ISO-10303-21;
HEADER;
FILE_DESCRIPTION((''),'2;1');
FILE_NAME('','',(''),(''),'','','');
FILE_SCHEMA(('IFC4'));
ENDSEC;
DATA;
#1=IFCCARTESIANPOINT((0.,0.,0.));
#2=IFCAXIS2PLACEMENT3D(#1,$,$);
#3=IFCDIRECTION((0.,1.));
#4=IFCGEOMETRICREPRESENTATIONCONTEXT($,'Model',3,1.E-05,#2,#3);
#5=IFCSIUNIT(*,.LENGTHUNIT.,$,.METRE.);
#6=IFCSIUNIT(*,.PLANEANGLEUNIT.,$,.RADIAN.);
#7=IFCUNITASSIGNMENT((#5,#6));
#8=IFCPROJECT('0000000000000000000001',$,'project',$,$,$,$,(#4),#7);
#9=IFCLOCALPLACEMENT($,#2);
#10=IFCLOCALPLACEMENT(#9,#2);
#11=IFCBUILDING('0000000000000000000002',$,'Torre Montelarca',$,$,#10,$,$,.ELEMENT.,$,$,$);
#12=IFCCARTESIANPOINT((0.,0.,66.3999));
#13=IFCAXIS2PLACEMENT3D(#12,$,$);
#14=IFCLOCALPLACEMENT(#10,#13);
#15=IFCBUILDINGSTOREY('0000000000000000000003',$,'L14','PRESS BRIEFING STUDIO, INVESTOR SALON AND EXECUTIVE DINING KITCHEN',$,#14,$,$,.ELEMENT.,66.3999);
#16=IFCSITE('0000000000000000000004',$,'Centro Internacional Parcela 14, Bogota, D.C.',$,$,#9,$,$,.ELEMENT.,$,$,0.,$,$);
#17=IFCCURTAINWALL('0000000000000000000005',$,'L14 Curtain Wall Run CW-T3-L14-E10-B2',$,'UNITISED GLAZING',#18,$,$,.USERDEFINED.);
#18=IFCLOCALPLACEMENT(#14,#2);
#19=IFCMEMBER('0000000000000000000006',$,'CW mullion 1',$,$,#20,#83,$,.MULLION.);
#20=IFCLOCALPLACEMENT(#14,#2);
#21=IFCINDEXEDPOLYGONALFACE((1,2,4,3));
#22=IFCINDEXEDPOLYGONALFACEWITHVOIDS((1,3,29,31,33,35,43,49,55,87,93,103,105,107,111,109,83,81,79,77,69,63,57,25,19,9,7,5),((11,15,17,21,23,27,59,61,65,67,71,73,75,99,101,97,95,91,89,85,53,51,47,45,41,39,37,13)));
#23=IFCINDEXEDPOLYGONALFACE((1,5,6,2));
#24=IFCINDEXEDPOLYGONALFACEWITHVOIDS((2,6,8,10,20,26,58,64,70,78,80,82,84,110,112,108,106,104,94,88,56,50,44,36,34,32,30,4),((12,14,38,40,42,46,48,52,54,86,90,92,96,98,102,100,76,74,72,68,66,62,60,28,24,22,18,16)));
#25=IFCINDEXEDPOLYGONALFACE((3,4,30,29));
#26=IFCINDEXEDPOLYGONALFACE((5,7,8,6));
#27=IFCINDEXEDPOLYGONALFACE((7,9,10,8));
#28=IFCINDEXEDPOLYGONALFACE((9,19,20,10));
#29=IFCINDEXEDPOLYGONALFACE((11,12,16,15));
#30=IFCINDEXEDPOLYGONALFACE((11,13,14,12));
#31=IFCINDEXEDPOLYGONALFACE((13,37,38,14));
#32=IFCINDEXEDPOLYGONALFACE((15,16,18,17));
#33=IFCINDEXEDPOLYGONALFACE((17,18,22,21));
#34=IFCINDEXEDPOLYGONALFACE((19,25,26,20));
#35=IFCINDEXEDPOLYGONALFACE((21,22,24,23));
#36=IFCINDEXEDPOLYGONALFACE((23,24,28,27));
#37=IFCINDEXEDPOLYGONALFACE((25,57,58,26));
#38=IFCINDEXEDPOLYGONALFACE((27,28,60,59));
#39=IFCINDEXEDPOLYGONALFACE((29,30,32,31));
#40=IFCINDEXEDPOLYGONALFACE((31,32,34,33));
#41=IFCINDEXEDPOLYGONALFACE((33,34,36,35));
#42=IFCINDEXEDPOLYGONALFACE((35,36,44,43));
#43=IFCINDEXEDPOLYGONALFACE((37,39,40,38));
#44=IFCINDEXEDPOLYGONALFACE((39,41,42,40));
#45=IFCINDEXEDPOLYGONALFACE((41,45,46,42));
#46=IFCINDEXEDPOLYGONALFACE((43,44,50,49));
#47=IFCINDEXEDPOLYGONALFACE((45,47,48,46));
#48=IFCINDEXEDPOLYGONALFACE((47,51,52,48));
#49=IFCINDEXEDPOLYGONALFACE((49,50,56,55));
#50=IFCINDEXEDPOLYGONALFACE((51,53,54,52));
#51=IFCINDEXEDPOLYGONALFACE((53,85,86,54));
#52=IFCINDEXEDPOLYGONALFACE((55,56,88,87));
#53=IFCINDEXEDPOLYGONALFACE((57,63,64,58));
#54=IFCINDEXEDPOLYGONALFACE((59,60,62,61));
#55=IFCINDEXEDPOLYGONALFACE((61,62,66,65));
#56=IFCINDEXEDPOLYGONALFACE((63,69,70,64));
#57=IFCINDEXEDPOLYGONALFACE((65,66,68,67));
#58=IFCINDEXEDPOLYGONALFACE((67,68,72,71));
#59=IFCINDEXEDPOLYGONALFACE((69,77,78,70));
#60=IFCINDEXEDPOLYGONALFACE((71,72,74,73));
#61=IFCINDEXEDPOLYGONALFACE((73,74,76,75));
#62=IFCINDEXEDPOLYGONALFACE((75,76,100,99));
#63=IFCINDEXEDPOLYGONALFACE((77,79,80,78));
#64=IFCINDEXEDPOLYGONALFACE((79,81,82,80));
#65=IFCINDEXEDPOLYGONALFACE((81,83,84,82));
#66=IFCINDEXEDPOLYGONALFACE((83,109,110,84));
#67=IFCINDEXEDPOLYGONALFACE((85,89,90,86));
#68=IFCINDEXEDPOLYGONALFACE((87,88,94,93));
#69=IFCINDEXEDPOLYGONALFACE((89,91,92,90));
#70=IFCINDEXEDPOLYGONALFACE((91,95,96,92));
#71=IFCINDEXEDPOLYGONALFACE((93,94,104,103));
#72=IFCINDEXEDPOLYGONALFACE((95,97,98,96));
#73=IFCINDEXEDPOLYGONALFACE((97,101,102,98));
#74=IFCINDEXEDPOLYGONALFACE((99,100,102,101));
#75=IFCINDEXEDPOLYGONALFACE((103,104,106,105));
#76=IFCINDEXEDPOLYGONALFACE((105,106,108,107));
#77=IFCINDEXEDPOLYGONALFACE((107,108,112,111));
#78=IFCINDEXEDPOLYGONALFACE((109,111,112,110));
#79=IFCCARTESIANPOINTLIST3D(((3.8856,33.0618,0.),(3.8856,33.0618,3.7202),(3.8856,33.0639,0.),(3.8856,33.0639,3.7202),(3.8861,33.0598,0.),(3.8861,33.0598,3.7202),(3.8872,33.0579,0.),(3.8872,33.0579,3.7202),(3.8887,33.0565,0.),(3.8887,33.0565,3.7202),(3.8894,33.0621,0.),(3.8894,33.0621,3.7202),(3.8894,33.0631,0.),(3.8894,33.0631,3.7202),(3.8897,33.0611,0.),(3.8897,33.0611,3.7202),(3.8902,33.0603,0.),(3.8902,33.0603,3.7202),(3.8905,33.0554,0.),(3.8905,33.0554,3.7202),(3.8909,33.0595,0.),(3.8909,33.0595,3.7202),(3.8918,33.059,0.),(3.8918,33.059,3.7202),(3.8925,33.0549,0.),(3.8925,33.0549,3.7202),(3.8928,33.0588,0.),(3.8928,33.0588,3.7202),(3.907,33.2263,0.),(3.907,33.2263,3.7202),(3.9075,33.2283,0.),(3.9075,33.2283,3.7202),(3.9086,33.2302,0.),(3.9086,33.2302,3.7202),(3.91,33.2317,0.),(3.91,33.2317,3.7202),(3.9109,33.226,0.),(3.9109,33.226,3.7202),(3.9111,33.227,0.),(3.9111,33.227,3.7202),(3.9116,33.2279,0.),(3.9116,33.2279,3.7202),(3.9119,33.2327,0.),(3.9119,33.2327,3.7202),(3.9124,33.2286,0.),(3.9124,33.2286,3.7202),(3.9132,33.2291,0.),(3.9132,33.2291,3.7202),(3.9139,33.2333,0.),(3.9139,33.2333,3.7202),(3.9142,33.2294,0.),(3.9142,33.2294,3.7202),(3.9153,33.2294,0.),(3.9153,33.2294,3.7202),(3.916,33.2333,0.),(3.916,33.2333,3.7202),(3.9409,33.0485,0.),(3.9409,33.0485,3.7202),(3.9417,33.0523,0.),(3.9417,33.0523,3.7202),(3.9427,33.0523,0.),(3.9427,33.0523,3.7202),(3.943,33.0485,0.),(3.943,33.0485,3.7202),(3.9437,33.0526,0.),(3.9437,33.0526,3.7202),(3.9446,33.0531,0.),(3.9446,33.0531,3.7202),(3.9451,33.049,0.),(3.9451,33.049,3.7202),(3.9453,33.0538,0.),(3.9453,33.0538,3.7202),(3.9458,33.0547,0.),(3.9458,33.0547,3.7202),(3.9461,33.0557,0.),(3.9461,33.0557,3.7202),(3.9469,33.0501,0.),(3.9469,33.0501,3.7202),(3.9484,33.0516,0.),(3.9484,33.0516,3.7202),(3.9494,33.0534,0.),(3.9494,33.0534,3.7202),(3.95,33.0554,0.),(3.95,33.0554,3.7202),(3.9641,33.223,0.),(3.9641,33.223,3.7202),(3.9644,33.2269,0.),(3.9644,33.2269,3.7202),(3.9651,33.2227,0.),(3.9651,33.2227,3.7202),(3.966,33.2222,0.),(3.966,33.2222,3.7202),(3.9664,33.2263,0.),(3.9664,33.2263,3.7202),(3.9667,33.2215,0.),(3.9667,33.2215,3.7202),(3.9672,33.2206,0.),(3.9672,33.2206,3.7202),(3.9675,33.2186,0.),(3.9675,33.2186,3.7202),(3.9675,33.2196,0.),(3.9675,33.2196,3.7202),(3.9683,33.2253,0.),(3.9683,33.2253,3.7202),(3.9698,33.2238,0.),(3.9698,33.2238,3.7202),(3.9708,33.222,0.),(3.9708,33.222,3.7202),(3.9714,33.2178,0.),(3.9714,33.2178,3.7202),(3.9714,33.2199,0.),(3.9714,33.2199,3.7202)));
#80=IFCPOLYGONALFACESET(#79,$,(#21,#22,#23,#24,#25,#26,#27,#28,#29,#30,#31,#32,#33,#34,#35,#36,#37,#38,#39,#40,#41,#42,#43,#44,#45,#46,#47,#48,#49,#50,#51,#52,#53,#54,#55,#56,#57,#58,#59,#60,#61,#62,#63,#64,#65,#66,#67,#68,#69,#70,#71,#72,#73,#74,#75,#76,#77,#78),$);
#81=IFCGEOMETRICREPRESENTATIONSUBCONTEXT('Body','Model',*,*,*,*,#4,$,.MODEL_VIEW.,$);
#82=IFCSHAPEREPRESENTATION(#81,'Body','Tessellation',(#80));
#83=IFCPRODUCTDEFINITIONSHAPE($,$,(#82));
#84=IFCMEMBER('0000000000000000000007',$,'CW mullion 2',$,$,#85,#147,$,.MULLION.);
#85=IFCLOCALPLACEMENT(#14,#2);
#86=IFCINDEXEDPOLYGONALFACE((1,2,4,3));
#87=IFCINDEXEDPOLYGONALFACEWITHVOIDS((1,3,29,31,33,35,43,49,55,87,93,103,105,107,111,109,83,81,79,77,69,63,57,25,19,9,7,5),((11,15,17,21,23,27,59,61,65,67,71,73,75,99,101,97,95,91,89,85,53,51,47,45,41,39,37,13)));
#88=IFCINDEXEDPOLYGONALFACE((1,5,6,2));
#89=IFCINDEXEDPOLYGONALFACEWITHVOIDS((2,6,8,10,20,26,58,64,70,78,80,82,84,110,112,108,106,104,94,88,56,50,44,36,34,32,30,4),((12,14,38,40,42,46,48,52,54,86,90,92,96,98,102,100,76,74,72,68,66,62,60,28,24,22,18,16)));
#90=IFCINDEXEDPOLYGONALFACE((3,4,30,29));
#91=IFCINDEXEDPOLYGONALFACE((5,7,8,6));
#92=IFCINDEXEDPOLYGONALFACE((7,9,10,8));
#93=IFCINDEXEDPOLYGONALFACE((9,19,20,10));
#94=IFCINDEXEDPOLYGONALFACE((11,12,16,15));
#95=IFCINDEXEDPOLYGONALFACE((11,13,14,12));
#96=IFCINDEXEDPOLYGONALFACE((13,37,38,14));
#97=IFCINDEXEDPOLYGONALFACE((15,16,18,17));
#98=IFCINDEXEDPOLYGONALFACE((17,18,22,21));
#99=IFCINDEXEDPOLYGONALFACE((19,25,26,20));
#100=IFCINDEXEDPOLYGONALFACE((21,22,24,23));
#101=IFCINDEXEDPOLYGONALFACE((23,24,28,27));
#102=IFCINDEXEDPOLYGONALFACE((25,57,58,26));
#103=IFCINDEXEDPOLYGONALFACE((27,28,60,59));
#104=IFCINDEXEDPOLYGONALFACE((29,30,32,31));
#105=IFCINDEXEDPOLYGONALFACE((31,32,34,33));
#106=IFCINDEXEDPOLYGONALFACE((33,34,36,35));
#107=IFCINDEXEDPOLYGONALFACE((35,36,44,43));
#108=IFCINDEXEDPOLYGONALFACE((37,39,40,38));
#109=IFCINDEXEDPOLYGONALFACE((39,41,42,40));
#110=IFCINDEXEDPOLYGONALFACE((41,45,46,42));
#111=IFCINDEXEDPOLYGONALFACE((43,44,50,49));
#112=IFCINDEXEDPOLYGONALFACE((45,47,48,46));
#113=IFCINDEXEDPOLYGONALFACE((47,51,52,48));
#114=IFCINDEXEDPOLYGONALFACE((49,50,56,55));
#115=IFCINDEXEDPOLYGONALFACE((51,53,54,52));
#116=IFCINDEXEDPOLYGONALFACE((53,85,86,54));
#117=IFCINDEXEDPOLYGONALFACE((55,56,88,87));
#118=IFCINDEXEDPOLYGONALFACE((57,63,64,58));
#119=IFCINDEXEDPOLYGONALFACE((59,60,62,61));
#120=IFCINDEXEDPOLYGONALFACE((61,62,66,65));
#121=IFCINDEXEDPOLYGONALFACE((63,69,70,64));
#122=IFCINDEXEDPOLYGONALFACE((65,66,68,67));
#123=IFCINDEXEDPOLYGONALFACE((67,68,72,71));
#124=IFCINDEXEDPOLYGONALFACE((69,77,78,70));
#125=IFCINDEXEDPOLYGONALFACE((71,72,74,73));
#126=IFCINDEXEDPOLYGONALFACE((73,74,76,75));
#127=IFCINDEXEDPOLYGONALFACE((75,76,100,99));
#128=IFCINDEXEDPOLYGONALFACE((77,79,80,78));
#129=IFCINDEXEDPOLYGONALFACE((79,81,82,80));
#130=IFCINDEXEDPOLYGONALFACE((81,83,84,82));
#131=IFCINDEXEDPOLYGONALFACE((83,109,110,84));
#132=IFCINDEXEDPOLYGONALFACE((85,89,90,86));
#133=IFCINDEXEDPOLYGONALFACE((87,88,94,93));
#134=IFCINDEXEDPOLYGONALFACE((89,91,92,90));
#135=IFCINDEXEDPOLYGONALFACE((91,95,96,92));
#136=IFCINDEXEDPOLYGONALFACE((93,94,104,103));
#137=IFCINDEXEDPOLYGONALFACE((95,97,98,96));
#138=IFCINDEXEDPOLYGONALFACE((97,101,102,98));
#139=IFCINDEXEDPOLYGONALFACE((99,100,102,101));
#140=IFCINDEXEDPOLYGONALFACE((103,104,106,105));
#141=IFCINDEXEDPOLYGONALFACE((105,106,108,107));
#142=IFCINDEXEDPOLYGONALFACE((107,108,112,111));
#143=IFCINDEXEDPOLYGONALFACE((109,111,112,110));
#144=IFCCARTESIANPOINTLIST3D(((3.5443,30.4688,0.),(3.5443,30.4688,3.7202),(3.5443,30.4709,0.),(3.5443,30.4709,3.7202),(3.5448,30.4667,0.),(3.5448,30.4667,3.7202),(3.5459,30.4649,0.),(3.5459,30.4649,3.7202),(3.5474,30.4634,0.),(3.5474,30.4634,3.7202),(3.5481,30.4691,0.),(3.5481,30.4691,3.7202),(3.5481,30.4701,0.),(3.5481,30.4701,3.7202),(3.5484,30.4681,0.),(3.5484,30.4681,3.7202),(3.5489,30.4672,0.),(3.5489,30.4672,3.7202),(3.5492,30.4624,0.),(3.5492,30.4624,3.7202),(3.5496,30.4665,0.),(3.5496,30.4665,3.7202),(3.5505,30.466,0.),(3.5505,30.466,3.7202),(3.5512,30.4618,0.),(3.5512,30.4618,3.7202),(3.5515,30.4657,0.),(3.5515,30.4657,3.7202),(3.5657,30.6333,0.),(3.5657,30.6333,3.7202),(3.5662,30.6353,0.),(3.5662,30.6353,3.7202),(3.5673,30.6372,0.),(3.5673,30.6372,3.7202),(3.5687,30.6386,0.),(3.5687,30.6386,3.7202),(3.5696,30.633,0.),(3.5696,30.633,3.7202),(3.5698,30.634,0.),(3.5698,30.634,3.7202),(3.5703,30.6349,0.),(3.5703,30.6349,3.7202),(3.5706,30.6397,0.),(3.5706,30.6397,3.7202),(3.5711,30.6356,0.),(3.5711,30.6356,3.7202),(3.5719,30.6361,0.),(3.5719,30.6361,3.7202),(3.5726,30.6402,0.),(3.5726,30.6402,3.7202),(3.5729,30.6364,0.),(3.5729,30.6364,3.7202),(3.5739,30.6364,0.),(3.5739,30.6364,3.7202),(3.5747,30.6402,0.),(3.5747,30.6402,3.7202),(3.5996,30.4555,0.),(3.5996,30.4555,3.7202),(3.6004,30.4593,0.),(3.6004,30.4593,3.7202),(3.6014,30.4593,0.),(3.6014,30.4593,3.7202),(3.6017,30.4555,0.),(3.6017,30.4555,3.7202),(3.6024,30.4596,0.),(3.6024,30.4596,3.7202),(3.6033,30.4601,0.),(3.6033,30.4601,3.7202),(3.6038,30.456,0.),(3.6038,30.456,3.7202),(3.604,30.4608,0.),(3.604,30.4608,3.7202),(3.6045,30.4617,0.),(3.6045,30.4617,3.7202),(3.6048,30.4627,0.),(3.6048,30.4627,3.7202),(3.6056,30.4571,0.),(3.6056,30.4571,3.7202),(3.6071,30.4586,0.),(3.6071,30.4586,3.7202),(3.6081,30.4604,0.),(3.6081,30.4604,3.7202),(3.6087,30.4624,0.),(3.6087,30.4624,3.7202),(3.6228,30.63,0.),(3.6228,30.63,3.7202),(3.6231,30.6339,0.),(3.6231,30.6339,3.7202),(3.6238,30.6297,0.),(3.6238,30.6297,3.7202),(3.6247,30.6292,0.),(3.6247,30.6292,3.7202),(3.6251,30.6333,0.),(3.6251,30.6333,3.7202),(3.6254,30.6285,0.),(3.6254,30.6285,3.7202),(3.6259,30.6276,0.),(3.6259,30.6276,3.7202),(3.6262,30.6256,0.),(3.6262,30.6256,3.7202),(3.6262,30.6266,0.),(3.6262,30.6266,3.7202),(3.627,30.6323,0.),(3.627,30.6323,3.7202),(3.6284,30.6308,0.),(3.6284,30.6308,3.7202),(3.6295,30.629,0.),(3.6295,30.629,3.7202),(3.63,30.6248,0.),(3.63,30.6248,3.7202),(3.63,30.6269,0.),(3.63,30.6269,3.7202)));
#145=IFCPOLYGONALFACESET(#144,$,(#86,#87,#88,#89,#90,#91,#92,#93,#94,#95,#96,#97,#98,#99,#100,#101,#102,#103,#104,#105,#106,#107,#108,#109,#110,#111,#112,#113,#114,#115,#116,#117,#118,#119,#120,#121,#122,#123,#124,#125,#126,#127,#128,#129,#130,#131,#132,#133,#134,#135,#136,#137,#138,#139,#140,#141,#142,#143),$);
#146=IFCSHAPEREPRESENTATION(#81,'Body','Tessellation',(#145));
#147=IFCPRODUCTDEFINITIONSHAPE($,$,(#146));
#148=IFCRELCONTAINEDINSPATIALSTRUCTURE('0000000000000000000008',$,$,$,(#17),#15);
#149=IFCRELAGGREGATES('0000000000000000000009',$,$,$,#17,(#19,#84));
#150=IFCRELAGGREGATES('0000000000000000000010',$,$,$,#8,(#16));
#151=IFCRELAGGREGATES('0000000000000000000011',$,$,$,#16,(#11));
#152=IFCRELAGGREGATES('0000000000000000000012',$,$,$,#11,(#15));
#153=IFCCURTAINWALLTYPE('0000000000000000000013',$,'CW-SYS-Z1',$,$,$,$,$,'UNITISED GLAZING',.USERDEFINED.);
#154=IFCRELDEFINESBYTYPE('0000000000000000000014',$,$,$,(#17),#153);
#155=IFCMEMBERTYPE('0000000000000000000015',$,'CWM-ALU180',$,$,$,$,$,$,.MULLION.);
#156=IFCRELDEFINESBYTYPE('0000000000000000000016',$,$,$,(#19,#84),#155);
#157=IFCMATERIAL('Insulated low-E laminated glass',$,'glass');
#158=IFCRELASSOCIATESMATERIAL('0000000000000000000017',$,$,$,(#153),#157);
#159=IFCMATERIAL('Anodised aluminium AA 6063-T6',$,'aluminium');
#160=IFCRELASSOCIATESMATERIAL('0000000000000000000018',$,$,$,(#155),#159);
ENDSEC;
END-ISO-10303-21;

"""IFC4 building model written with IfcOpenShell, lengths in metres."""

from ifc_helpers import new_model, si_unit, direction, frame, origin, origin_2d, place, context, subcontext, project, spatial, hollow_rectangle, extrude, source, transform, mapped, material, material_profile, profile_set, type_object, element, aggregate, save


model = new_model("IFC4")

# Units and contexts
model_context = context("Model", 3, precision=1e-05, world=origin(), true_north=direction((0.0, 1.0)))
body_context = subcontext(model_context, "Body", "Model", "MODEL_VIEW")
ifc_project = project(units=[si_unit("LENGTHUNIT", "METRE"), si_unit("PLANEANGLEUNIT", "RADIAN")], contexts=[model_context])

# Site, building, storey
site_placement = place(None, origin())
site = spatial("IfcSite", under=ifc_project, at=site_placement, Name="Centro Internacional Parcela 14, Bogota, D.C.", CompositionType="ELEMENT", RefElevation=0.0)
building_placement = place(site_placement, origin())
building = spatial("IfcBuilding", under=site, at=building_placement, Name="Torre Montelarca", CompositionType="ELEMENT")
storey_placement = place(building_placement, frame((0.0, 0.0, 66.3999)))
storey = spatial("IfcBuildingStorey", under=building, at=storey_placement, Name="L14", Description="PRESS BRIEFING STUDIO, INVESTOR SALON AND EXECUTIVE DINING KITCHEN", CompositionType="ELEMENT", Elevation=66.3999)

# Shared definitions
ifc_material_1 = material(Name="Insulated low-E laminated glass", Category="glass")
curtain_wall_type = type_object("IfcCurtainWallType", Name="CW-SYS-Z1", ElementType="UNITISED GLAZING", PredefinedType="USERDEFINED", material=ifc_material_1)
ifc_material_2 = material(Name="Anodised aluminium AA 6063-T6", Category="aluminium")

# Curtain wall
curtain_wall_1_placement = place(storey_placement, origin())
curtain_wall_1 = element("IfcCurtainWall", 1, at=curtain_wall_1_placement, inside=storey, type_object=curtain_wall_type, Name="L14 Curtain Wall Run CW-T3-L14-E10-B2", ObjectType="UNITISED GLAZING", PredefinedType="USERDEFINED")

# Members
ifc_material_profile_1 = material_profile(ifc_material_2, hollow_rectangle(XDim=0.0649, YDim=0.1799, WallThickness=0.0039, InnerFilletRadius=0.0039, OuterFilletRadius=0.0081, at=origin_2d()), Name="ALU65X180X4", Category="aluminium")
ifc_profile_set_1 = profile_set([ifc_material_profile_1], Name="Anodised aluminium AA 6063-T6")
member_type_1 = type_object("IfcMemberType", Name="CWM-ALU180", PredefinedType="MULLION", material=ifc_profile_set_1)
shared_shape_1 = source(origin(), body_context, "Body", "SweptSolid", [
    extrude(hollow_rectangle(XDim=0.0649, YDim=0.1799, WallThickness=0.0039, InnerFilletRadius=0.0039, OuterFilletRadius=0.0081, at=origin_2d()), origin(), (0.0, 0.0, 1.0), 3.7202),
])
member_1_placement = place(storey_placement, frame((3.9285, 33.1409, 0.0), z_axis=(0.0, 0.0, 1.0), x_axis=(0.991445, -0.130526, 0.0)))
member_1 = element("IfcMember", 2, at=member_1_placement, type_object=member_type_1, Name="CW mullion 1", PredefinedType="MULLION", context=body_context, shape_type="MappedRepresentation", body=[
    mapped(shared_shape_1, transform((0.0, 0.0, 0.0), scale=1.0)),
])
member_2_placement = place(storey_placement, frame((3.5872, 30.5479, 0.0), z_axis=(0.0, 0.0, 1.0), x_axis=(0.991445, -0.130526, 0.0)))
member_2 = element("IfcMember", 3, at=member_2_placement, type_object=member_type_1, Name="CW mullion 2", PredefinedType="MULLION", context=body_context, shape_type="MappedRepresentation", body=[
    mapped(shared_shape_1, transform((0.0, 0.0, 0.0), scale=1.0)),
])

aggregate(curtain_wall_1, [member_1, member_2])

save(model, "model.ifc")
